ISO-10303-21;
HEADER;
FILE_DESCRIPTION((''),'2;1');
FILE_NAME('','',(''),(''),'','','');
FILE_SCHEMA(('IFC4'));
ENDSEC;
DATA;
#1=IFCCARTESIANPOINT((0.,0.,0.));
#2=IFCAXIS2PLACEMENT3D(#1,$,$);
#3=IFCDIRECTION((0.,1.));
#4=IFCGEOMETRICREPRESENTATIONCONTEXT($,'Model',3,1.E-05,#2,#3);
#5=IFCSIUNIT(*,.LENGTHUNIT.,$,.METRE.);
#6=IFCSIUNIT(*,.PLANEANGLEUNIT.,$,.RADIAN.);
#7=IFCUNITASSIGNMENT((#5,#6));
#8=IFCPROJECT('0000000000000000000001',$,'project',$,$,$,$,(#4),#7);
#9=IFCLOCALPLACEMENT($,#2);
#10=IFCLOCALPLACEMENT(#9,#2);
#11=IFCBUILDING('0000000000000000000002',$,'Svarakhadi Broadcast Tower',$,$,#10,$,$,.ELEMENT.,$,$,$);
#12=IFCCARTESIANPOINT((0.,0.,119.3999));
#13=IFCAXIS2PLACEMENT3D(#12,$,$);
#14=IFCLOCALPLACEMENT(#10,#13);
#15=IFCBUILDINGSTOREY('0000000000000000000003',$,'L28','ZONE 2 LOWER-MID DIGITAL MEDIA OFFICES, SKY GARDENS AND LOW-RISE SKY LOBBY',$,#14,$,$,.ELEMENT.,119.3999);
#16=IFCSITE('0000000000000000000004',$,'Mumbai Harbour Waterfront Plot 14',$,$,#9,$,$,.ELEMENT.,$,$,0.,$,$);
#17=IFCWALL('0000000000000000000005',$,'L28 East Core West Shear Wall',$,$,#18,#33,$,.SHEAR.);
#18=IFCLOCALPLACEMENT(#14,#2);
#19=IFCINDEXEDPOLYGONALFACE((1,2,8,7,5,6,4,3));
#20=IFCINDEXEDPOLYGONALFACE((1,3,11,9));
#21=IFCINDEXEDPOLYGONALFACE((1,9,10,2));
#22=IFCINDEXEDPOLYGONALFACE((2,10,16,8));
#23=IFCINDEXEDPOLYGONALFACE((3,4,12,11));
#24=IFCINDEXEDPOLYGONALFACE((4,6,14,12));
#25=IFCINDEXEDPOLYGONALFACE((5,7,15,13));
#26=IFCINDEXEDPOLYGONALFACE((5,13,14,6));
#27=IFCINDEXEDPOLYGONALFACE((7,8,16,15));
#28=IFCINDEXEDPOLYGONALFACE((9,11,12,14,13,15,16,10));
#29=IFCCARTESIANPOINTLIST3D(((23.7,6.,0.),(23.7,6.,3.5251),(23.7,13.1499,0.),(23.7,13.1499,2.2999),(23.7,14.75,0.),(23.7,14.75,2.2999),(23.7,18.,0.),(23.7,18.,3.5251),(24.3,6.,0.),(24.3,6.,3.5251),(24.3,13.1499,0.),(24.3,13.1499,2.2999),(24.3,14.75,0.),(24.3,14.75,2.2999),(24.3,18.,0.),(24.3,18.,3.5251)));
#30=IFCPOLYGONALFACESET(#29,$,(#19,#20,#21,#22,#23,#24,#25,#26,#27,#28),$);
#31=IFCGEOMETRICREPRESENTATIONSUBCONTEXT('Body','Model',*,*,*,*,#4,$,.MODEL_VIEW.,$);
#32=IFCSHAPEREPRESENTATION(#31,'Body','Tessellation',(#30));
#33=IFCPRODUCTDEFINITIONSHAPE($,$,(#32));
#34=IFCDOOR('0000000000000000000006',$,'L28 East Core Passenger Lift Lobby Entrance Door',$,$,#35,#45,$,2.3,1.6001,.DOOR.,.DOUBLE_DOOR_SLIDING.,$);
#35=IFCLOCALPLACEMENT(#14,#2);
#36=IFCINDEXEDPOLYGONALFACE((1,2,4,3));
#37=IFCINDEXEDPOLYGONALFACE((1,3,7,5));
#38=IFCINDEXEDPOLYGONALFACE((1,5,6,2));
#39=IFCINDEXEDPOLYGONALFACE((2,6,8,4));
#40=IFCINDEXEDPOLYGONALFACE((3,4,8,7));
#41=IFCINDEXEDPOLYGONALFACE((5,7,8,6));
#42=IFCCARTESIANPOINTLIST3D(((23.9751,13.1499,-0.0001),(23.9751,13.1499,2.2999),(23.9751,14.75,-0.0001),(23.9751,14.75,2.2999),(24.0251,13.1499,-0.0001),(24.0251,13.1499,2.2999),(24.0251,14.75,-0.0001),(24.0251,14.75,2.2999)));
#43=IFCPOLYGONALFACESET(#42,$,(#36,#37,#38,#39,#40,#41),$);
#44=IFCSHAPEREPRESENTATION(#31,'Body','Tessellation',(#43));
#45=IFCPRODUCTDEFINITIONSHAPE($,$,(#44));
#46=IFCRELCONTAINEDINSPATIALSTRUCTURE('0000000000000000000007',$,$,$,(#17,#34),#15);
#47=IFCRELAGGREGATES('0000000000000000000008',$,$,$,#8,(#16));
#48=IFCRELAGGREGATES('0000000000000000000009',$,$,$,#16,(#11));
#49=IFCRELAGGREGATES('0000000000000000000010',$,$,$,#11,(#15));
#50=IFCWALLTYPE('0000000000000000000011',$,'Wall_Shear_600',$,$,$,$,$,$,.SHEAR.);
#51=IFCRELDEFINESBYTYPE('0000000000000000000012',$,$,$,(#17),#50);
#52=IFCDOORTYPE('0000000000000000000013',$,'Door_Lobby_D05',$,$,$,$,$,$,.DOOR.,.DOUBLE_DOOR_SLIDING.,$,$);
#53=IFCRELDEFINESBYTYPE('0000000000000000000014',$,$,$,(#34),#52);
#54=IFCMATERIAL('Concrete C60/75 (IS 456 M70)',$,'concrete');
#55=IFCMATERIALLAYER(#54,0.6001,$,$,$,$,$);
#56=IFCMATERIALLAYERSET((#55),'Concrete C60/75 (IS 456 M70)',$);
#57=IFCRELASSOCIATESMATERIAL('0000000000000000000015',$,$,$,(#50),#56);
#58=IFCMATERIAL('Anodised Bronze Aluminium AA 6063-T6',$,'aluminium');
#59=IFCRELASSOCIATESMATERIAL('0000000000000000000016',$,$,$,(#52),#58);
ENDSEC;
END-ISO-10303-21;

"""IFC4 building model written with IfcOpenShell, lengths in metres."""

from ifc_helpers import new_model, si_unit, direction, frame, frame_2d, origin, place, context, subcontext, project, spatial, rectangle, extrude, material, layer, layer_set, type_object, element, fill, save


model = new_model("IFC4")

# Units and contexts
model_context = context("Model", 3, precision=1e-05, world=origin(), true_north=direction((0.0, 1.0)))
body_context = subcontext(model_context, "Body", "Model", "MODEL_VIEW")
ifc_project = project(units=[si_unit("LENGTHUNIT", "METRE"), si_unit("PLANEANGLEUNIT", "RADIAN")], contexts=[model_context])

# Site, building, storey
site_placement = place(None, origin())
site = spatial("IfcSite", under=ifc_project, at=site_placement, Name="Mumbai Harbour Waterfront Plot 14", CompositionType="ELEMENT", RefElevation=0.0)
building_placement = place(site_placement, origin())
building = spatial("IfcBuilding", under=site, at=building_placement, Name="Svarakhadi Broadcast Tower", CompositionType="ELEMENT")
storey_placement = place(building_placement, frame((0.0, 0.0, 119.3999)))
storey = spatial("IfcBuildingStorey", under=building, at=storey_placement, Name="L28", Description="ZONE 2 LOWER-MID DIGITAL MEDIA OFFICES, SKY GARDENS AND LOW-RISE SKY LOBBY", CompositionType="ELEMENT", Elevation=119.3999)

# Shared definitions
ifc_material_1 = material(Name="Concrete C60/75 (IS 456 M70)", Category="concrete")
ifc_layer_1 = layer(ifc_material_1, 0.6001)
ifc_layer_set_1 = layer_set([ifc_layer_1], Name="Concrete C60/75 (IS 456 M70)")
wall_type_1 = type_object("IfcWallType", Name="Wall_Shear_600", PredefinedType="SHEAR", material=ifc_layer_set_1)

# Wall, opening, door
wall_1_placement = place(storey_placement, frame((24.0, 6.0, 0.0), z_axis=(0.0, 0.0, 1.0), x_axis=(0.0, 1.0, 0.0)))
wall_1 = element("IfcWall", 1, at=wall_1_placement, inside=storey, type_object=wall_type_1, Name="L28 East Core West Shear Wall", PredefinedType="SHEAR", context=body_context, shape_type="SweptSolid", body=[
    extrude(rectangle(XDim=12.0, YDim=0.6001, at=frame_2d((6.0, 0.0))), origin(), (0.0, 0.0, 1.0), 3.5251),
])
opening_1_placement = place(wall_1_placement, frame((7.1499, 0.0, 0.0)))
opening_1 = element("IfcOpeningElement", 2, at=opening_1_placement, cuts=wall_1, PredefinedType="OPENING", context=body_context, shape_type="SweptSolid", body=[
    extrude(rectangle(XDim=1.6001, YDim=2.3, at=frame_2d((0.8, 1.1499))), frame((0.0, 0.3101, 0.0), z_axis=(0.0, -1.0, 0.0), x_axis=(1.0, 0.0, 0.0)), (0.0, 0.0, 1.0), 0.6201),
])
ifc_material_2 = material(Name="Anodised Bronze Aluminium AA 6063-T6", Category="aluminium")
door_type_1 = type_object("IfcDoorType", Name="Door_Lobby_D05", OperationType="DOUBLE_DOOR_SLIDING", PredefinedType="DOOR", material=ifc_material_2)
door_1_placement = place(opening_1_placement, origin())
door_1 = element("IfcDoor", 3, at=door_1_placement, inside=storey, type_object=door_type_1, Name="L28 East Core Passenger Lift Lobby Entrance Door", OperationType="DOUBLE_DOOR_SLIDING", OverallHeight=2.3, OverallWidth=1.6001, PredefinedType="DOOR", context=body_context, shape_type="SweptSolid", body=[
    extrude(rectangle(XDim=1.6001, YDim=2.3, at=frame_2d((0.8, 1.1499))), frame((0.0, 0.0249, 0.0), z_axis=(0.0, -1.0, 0.0), x_axis=(1.0, 0.0, 0.0)), (0.0, 0.0, 1.0), 0.05),
])
fill(opening_1, door_1)

save(model, "model.ifc")
